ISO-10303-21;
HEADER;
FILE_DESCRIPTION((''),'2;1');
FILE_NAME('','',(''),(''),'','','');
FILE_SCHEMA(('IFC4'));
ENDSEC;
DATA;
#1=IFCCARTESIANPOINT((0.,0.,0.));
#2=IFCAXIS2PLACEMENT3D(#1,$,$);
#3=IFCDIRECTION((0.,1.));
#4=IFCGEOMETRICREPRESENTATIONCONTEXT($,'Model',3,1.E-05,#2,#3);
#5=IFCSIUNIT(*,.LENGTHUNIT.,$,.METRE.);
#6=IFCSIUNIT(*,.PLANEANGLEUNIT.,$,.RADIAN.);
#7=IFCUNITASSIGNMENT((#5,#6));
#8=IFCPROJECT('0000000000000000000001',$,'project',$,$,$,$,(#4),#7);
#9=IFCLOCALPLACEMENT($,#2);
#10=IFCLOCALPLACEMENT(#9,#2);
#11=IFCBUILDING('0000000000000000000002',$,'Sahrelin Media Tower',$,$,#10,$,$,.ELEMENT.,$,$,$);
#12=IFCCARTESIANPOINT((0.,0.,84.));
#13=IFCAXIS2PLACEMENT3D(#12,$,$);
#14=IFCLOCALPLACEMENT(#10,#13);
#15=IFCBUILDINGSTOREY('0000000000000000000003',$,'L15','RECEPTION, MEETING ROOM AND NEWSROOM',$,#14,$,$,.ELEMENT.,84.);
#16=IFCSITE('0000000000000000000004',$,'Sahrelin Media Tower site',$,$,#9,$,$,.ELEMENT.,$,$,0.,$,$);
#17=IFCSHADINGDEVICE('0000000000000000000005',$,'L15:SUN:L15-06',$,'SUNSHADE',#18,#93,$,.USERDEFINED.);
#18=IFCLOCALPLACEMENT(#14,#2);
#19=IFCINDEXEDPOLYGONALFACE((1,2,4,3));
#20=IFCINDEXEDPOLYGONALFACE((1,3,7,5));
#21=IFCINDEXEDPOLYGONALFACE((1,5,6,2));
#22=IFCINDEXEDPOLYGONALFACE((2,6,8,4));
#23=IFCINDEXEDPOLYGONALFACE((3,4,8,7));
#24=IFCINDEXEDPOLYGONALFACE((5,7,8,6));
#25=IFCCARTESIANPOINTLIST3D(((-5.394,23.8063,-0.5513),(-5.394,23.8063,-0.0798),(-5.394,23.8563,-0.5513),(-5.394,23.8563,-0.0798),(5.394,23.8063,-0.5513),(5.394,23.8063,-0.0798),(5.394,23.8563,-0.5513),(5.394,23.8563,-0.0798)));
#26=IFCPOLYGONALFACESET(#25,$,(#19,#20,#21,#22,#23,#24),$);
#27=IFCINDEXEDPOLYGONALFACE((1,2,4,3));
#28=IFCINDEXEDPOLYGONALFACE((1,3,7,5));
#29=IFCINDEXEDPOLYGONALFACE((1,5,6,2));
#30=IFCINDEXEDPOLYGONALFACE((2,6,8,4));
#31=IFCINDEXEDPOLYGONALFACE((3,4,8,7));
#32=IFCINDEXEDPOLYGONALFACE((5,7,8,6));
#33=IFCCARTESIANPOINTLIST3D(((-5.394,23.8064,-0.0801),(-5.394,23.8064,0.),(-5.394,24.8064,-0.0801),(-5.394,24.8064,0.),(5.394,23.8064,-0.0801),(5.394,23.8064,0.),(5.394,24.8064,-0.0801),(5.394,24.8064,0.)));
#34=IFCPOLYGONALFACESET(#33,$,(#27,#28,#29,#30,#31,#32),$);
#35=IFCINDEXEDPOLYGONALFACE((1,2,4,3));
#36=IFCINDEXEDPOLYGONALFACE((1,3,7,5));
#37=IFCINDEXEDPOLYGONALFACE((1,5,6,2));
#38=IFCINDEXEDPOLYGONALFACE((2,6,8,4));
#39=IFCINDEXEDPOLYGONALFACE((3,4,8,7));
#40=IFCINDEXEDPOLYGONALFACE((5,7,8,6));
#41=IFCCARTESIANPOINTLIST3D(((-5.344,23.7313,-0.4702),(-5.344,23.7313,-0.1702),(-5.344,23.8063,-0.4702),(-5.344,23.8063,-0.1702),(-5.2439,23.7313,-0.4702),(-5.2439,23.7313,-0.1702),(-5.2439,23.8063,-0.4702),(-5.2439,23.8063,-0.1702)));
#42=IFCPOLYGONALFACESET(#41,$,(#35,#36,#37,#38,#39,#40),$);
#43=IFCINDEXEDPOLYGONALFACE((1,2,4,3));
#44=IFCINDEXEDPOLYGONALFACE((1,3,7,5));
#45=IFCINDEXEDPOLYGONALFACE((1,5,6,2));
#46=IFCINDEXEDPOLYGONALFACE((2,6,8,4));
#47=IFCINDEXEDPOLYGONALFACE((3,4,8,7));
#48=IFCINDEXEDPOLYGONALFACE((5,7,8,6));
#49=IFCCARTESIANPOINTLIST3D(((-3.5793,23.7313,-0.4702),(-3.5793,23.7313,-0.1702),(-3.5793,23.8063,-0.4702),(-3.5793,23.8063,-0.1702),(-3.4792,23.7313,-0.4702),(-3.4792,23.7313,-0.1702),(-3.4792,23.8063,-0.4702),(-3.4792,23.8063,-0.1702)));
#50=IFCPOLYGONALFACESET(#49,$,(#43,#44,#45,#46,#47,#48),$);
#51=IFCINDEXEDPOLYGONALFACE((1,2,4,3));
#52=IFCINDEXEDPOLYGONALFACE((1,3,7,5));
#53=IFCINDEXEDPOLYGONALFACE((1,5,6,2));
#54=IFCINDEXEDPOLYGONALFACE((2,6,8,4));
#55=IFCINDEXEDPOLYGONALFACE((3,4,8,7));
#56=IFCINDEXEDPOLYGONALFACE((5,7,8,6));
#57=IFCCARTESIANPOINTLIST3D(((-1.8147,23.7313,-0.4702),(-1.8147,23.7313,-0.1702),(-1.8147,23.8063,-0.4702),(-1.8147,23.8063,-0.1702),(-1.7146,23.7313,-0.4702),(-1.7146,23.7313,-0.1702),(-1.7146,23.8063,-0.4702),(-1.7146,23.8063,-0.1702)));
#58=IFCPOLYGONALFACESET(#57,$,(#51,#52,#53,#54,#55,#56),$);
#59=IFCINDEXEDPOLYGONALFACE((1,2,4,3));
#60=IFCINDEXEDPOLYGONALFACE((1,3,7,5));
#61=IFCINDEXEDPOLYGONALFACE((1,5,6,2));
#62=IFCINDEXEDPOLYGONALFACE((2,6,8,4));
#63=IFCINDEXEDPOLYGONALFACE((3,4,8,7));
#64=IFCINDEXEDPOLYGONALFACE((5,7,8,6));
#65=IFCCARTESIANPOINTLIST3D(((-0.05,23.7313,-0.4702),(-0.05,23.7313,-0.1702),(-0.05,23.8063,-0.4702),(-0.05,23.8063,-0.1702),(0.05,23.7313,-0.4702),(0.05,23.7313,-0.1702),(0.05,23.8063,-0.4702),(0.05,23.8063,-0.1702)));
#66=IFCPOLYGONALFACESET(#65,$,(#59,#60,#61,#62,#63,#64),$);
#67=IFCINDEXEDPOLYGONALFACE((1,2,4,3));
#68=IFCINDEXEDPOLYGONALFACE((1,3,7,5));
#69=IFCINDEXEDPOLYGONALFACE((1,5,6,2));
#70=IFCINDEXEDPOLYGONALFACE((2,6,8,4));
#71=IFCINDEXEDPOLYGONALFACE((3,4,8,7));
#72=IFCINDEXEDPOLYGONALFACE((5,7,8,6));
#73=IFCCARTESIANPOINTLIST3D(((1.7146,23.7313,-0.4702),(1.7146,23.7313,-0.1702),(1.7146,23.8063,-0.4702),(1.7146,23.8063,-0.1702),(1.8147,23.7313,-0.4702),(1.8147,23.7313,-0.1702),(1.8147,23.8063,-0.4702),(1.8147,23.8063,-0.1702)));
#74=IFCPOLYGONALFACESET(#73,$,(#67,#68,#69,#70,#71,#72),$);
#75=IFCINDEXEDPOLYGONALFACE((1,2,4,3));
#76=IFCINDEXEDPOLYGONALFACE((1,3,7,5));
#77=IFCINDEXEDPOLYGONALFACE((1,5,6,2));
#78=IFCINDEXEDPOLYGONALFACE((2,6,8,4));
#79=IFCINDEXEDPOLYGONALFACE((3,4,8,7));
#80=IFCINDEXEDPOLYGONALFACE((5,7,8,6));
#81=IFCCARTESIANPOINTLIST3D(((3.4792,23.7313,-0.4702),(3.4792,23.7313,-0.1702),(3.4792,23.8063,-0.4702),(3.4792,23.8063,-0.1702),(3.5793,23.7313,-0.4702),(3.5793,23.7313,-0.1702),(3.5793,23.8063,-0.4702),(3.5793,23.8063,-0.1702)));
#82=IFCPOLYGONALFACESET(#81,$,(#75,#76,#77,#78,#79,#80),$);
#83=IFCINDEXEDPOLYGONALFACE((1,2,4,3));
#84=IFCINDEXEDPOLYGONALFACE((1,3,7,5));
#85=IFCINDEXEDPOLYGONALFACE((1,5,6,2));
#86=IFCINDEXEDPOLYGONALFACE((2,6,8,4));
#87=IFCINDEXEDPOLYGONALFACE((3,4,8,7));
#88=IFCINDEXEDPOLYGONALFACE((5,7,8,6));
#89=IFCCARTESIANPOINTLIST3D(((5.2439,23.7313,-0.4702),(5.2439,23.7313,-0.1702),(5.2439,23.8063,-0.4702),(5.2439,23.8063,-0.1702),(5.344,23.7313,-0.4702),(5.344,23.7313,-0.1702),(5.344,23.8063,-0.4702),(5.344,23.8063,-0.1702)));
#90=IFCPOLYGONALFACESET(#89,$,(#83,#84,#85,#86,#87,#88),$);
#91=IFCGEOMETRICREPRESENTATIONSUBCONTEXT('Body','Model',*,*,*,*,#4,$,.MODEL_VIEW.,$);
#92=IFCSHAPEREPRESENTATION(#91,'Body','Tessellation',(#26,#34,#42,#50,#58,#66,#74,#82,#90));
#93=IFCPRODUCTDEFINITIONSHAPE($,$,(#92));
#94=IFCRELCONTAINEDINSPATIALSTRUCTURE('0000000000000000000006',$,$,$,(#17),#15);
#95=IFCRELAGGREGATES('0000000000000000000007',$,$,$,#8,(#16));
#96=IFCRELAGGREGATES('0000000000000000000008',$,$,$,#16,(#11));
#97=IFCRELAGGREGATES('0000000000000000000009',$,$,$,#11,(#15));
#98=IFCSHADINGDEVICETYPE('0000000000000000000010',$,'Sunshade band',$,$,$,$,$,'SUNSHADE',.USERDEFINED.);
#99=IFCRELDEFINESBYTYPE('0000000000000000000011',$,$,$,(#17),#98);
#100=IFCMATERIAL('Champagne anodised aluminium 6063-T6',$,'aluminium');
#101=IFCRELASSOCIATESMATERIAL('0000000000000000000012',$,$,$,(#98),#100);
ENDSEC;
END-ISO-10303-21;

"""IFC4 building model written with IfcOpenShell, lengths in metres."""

from ifc_helpers import new_model, si_unit, direction, frame, origin, origin_2d, place, context, subcontext, project, spatial, rectangle, extrude, material, type_object, element, save


model = new_model("IFC4")

# Units and contexts
model_context = context("Model", 3, precision=1e-05, world=origin(), true_north=direction((0.0, 1.0)))
body_context = subcontext(model_context, "Body", "Model", "MODEL_VIEW")
ifc_project = project(units=[si_unit("LENGTHUNIT", "METRE"), si_unit("PLANEANGLEUNIT", "RADIAN")], contexts=[model_context])

# Site, building, storey
site_placement = place(None, origin())
site = spatial("IfcSite", under=ifc_project, at=site_placement, Name="Sahrelin Media Tower site", CompositionType="ELEMENT", RefElevation=0.0)
building_placement = place(site_placement, origin())
building = spatial("IfcBuilding", under=site, at=building_placement, Name="Sahrelin Media Tower", CompositionType="ELEMENT")
storey_placement = place(building_placement, frame((0.0, 0.0, 84.0)))
storey = spatial("IfcBuildingStorey", under=building, at=storey_placement, Name="L15", Description="RECEPTION, MEETING ROOM AND NEWSROOM", CompositionType="ELEMENT", Elevation=84.0)

# Shared definitions
ifc_material_1 = material(Name="Champagne anodised aluminium 6063-T6", Category="aluminium")
placement_1 = place(storey_placement, frame((0.0, 23.7864, 0.0), z_axis=(0.0, 0.0, 1.0), x_axis=(1.0, 0.0, 0.0)))

# Shading device
shading_device_type_1 = type_object("IfcShadingDeviceType", Name="Sunshade band", ElementType="SUNSHADE", PredefinedType="USERDEFINED", material=ifc_material_1)
element("IfcShadingDevice", 1, at=placement_1, inside=storey, type_object=shading_device_type_1, Name="L15:SUN:L15-06", ObjectType="SUNSHADE", PredefinedType="USERDEFINED", context=body_context, shape_type="SweptSolid", body=[
    extrude(rectangle(XDim=10.7881, YDim=0.05, at=origin_2d()), frame((0.0, 0.0449, -0.5513)), (0.0, 0.0, 1.0), 0.4714),
    extrude(rectangle(XDim=10.7881, YDim=1.0, at=origin_2d()), frame((0.0, 0.52, -0.0801)), (0.0, 0.0, 1.0), 0.0801),
    extrude(rectangle(XDim=0.1001, YDim=0.075, at=origin_2d()), frame((-5.2939, -0.0176, -0.4702)), (0.0, 0.0, 1.0), 0.3),
    extrude(rectangle(XDim=0.1001, YDim=0.075, at=origin_2d()), frame((-3.5293, -0.0176, -0.4702)), (0.0, 0.0, 1.0), 0.3),
    extrude(rectangle(XDim=0.1001, YDim=0.075, at=origin_2d()), frame((-1.7646, -0.0176, -0.4702)), (0.0, 0.0, 1.0), 0.3),
    extrude(rectangle(XDim=0.1001, YDim=0.075, at=origin_2d()), frame((0.0, -0.0176, -0.4702)), (0.0, 0.0, 1.0), 0.3),
    extrude(rectangle(XDim=0.1001, YDim=0.075, at=origin_2d()), frame((1.7646, -0.0176, -0.4702)), (0.0, 0.0, 1.0), 0.3),
    extrude(rectangle(XDim=0.1001, YDim=0.075, at=origin_2d()), frame((3.5293, -0.0176, -0.4702)), (0.0, 0.0, 1.0), 0.3),
    extrude(rectangle(XDim=0.1001, YDim=0.075, at=origin_2d()), frame((5.2939, -0.0176, -0.4702)), (0.0, 0.0, 1.0), 0.3),
])

save(model, "model.ifc")
